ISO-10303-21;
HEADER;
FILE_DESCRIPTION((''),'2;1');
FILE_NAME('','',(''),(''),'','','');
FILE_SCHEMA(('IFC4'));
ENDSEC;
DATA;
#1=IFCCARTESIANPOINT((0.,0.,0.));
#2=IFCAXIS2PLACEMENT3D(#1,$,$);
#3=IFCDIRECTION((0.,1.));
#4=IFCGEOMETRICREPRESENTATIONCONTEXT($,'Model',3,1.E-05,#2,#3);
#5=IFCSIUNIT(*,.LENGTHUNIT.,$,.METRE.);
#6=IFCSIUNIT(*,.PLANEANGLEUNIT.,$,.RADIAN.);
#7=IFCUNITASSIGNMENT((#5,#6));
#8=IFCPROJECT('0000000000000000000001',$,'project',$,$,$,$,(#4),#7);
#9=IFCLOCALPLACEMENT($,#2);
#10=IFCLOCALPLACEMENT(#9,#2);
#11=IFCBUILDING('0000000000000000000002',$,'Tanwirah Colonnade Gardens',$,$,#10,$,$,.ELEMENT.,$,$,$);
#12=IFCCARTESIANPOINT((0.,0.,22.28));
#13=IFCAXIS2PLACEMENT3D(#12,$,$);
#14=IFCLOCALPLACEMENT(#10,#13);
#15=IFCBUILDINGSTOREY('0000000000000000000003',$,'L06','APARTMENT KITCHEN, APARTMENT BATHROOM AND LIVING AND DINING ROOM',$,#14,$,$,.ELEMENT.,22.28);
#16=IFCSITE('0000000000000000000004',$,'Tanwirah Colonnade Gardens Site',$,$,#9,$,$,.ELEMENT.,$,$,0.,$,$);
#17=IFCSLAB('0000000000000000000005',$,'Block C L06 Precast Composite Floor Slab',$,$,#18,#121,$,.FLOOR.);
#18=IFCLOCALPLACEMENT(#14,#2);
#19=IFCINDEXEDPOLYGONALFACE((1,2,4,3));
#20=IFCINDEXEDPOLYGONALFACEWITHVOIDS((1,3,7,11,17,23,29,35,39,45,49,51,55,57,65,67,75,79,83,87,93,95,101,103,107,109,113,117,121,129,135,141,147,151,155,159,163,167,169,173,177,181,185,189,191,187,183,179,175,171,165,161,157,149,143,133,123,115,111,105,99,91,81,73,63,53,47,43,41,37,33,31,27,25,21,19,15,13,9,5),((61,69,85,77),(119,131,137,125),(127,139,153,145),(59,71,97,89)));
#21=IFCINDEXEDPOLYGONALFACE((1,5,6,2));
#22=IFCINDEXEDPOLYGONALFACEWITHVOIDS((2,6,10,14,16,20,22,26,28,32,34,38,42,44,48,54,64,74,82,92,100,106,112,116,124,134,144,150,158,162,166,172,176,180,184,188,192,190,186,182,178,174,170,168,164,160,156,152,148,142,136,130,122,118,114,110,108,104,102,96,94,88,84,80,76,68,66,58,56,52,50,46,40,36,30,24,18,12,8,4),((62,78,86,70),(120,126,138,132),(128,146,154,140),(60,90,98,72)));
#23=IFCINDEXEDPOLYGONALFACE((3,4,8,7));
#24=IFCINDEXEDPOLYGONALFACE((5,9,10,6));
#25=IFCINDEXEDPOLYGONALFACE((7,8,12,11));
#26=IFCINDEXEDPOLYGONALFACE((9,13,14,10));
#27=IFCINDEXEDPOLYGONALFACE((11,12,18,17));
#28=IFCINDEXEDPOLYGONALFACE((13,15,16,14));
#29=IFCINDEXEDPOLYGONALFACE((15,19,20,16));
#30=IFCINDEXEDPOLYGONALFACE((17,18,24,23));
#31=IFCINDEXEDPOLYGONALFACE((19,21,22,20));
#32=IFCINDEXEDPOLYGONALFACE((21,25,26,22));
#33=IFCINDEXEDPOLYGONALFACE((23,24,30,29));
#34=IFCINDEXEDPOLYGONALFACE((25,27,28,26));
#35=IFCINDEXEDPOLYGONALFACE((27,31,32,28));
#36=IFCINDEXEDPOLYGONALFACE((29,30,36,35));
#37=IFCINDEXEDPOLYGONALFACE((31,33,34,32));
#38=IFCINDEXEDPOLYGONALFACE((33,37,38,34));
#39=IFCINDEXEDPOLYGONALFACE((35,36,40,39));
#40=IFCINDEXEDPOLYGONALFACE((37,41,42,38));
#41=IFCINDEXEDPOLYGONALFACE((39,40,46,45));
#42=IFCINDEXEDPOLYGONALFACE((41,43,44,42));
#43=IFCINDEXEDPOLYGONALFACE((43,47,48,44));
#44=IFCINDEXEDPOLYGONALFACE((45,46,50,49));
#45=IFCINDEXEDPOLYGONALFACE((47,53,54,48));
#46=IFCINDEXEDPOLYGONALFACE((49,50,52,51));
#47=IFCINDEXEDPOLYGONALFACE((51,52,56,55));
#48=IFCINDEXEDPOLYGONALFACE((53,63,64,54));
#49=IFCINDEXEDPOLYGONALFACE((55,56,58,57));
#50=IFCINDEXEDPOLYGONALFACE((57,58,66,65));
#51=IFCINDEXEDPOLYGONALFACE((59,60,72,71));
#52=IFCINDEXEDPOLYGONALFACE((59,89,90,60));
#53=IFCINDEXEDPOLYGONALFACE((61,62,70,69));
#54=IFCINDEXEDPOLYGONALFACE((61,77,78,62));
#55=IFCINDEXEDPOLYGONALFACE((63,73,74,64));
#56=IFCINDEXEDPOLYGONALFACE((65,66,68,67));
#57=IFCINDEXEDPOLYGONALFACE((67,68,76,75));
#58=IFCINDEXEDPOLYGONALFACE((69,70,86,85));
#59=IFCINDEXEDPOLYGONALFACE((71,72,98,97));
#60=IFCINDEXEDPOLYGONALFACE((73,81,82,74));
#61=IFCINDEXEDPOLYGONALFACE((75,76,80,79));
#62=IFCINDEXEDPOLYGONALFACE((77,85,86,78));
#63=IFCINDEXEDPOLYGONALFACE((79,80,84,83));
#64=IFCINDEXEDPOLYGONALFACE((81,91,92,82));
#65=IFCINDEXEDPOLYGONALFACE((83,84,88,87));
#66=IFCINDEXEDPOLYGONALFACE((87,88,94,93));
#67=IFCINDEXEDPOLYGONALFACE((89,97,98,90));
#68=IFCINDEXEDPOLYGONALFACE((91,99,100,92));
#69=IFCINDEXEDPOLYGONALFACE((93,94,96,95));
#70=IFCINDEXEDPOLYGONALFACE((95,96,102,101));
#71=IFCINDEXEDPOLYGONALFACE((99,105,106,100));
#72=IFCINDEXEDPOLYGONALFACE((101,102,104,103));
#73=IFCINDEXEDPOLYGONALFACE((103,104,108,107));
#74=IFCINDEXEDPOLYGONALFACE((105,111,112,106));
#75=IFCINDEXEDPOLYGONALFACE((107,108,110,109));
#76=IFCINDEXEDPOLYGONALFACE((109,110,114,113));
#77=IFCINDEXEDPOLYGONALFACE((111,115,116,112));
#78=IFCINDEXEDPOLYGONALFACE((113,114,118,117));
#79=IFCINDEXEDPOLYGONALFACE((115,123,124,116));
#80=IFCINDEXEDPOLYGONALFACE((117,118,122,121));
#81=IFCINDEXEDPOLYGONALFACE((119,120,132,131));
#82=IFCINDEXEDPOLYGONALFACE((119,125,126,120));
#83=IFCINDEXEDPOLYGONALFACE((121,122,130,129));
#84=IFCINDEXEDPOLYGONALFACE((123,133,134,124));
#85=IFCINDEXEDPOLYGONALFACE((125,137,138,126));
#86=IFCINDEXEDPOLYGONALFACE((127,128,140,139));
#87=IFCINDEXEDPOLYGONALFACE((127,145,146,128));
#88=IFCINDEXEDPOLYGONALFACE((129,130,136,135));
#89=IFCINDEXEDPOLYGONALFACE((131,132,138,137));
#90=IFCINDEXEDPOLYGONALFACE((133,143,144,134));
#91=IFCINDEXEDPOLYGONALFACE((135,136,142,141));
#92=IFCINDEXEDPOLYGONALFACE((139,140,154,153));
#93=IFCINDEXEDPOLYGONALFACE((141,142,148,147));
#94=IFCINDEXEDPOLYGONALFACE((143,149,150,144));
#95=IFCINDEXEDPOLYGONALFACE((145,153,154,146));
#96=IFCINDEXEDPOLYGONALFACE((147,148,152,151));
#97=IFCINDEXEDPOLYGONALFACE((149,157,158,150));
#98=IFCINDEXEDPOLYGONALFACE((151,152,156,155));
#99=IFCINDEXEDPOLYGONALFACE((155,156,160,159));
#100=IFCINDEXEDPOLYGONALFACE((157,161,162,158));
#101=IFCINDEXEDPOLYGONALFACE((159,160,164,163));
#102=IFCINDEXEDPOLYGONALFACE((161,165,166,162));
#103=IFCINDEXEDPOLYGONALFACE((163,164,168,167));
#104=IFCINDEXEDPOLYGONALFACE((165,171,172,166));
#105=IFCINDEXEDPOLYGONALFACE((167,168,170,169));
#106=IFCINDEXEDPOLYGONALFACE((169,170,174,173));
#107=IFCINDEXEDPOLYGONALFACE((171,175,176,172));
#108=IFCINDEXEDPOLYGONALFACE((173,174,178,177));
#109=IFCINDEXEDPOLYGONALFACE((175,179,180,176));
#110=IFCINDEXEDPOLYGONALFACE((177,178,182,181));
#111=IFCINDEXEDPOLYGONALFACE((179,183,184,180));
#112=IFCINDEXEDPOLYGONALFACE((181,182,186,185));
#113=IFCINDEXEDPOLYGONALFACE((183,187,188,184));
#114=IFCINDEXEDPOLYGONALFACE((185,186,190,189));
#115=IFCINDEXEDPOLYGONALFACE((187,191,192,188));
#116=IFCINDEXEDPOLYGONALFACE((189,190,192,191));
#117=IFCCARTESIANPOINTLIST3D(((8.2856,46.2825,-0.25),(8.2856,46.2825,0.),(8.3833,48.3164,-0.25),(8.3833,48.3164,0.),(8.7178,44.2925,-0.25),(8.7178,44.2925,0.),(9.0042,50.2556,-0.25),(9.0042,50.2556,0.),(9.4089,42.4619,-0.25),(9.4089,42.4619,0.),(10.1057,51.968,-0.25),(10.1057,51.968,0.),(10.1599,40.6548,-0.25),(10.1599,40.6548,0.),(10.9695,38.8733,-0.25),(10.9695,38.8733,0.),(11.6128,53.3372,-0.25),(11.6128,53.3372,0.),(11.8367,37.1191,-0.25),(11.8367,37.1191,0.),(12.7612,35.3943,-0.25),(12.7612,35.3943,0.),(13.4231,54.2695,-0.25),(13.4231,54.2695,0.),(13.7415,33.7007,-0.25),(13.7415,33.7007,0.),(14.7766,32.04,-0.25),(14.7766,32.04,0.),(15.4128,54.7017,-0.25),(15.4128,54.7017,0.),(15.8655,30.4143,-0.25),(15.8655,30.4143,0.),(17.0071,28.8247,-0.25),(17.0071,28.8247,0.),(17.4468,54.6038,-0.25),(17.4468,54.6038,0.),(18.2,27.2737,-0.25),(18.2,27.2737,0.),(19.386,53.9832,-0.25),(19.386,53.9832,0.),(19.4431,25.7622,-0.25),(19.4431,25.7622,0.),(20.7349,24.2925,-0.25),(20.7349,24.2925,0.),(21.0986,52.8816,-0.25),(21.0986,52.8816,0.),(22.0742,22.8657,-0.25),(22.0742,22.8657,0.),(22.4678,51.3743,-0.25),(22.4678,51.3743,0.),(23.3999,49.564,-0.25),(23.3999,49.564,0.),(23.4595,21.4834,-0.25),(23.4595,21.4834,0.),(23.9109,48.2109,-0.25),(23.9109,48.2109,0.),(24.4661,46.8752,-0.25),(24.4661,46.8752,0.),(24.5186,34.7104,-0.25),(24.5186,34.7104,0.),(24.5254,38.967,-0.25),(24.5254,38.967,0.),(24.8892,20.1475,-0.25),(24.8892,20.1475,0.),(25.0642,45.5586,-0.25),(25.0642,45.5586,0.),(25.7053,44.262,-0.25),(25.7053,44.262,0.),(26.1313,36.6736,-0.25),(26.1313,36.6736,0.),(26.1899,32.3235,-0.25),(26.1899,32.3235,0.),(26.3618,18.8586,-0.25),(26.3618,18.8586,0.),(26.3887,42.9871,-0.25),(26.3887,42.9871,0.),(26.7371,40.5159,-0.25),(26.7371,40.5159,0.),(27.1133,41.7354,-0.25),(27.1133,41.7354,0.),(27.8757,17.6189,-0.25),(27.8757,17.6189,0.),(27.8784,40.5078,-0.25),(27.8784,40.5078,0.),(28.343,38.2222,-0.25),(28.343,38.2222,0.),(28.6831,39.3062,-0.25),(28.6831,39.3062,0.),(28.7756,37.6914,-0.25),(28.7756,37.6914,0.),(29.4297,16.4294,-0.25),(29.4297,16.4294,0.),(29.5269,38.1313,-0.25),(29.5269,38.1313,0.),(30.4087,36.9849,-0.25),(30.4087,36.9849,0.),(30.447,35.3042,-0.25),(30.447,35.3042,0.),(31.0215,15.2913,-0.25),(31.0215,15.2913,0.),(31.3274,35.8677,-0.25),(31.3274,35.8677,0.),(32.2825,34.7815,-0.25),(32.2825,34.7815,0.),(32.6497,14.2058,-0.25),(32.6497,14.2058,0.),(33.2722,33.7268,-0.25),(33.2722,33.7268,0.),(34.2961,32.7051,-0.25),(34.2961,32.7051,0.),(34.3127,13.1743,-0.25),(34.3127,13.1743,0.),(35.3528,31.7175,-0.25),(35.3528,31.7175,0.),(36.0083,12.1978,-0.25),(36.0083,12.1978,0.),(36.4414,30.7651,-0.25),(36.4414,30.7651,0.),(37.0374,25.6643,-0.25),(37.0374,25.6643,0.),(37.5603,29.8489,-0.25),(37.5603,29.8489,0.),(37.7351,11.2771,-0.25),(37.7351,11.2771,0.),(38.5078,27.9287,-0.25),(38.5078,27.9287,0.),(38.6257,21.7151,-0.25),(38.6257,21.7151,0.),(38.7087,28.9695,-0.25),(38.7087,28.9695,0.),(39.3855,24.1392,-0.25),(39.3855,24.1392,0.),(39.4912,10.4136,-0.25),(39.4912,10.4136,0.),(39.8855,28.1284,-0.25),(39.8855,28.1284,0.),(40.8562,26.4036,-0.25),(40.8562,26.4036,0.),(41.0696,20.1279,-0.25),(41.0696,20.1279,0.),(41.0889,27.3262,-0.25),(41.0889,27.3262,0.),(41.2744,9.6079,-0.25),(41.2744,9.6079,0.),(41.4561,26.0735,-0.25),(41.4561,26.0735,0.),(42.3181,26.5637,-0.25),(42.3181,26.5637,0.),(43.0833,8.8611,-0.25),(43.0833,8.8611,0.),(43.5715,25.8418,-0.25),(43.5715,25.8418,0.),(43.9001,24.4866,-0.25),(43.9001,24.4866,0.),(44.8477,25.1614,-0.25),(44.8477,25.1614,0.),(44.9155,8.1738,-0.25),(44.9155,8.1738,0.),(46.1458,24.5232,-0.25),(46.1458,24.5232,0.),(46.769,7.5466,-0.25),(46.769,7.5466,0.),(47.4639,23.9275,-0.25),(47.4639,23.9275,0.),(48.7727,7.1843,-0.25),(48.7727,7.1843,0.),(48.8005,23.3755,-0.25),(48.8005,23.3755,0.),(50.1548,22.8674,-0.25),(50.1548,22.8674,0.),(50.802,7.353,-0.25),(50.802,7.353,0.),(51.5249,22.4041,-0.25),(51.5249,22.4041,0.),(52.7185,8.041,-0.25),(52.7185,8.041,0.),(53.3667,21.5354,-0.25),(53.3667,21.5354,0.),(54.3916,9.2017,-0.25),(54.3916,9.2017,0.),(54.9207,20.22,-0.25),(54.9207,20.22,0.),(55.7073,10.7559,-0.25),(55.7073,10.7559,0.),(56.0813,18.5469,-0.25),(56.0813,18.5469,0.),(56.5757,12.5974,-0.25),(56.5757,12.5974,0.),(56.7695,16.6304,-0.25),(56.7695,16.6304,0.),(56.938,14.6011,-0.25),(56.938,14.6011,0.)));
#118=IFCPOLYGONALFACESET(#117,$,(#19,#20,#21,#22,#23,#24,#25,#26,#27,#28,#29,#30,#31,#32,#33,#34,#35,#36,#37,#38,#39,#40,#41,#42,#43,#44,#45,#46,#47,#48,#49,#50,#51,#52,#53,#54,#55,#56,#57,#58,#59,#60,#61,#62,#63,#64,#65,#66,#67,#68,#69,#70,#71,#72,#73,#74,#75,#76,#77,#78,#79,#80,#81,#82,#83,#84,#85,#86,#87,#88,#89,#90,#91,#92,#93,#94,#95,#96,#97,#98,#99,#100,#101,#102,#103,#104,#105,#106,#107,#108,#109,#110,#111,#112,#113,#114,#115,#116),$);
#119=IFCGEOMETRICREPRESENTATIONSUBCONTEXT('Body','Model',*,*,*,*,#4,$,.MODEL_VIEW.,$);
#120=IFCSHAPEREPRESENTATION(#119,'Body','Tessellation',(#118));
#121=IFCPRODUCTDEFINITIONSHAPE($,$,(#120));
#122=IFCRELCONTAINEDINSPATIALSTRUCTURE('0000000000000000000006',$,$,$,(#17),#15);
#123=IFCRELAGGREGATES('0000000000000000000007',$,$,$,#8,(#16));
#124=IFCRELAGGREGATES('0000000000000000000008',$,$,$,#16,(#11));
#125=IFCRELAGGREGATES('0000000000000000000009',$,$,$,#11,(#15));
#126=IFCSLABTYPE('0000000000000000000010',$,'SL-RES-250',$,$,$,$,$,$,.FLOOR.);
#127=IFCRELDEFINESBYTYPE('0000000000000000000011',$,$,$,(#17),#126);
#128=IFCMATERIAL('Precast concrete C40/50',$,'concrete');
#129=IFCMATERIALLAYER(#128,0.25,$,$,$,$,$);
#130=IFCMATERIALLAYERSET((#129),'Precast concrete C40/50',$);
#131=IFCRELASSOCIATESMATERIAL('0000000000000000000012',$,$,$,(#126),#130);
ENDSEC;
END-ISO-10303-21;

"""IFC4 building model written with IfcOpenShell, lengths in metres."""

from ifc_helpers import new_model, si_unit, direction, frame, origin, place, context, subcontext, project, spatial, polyline, outline, extrude, material, layer, layer_set, type_object, element, save


model = new_model("IFC4")

# Units and contexts
model_context = context("Model", 3, precision=1e-05, world=origin(), true_north=direction((0.0, 1.0)))
body_context = subcontext(model_context, "Body", "Model", "MODEL_VIEW")
ifc_project = project(units=[si_unit("LENGTHUNIT", "METRE"), si_unit("PLANEANGLEUNIT", "RADIAN")], contexts=[model_context])

# Site, building, storey
site_placement = place(None, origin())
site = spatial("IfcSite", under=ifc_project, at=site_placement, Name="Tanwirah Colonnade Gardens Site", CompositionType="ELEMENT", RefElevation=0.0)
building_placement = place(site_placement, origin())
building = spatial("IfcBuilding", under=site, at=building_placement, Name="Tanwirah Colonnade Gardens", CompositionType="ELEMENT")
storey_placement = place(building_placement, frame((0.0, 0.0, 22.28)))
storey = spatial("IfcBuildingStorey", under=building, at=storey_placement, Name="L06", Description="APARTMENT KITCHEN, APARTMENT BATHROOM AND LIVING AND DINING ROOM", CompositionType="ELEMENT", Elevation=22.28)

# Shared definitions
ifc_material_1 = material(Name="Precast concrete C40/50", Category="concrete")

# Slab
ifc_layer_1 = layer(ifc_material_1, 0.25)
ifc_layer_set_1 = layer_set([ifc_layer_1], Name="Precast concrete C40/50")
slab_type_1 = type_object("IfcSlabType", Name="SL-RES-250", PredefinedType="FLOOR", material=ifc_layer_set_1)
slab_1_placement = place(storey_placement, frame((0.0, 0.0, -0.25)))
element("IfcSlab", 1, at=slab_1_placement, inside=storey, type_object=slab_type_1, Name="Block C L06 Precast Composite Floor Slab", PredefinedType="FLOOR", context=body_context, shape_type="SweptSolid", body=[
    extrude(outline(polyline([(24.4661, 46.8752), (23.9109, 48.2109), (23.3999, 49.564), (22.4678, 51.3743), (21.0986, 52.8816), (19.386, 53.9832), (17.4468, 54.6038), (15.4128, 54.7017), (13.4231, 54.2695), (11.6128, 53.3372), (10.1057, 51.968), (9.0042, 50.2556), (8.3833, 48.3164), (8.2856, 46.2825), (8.7178, 44.2925), (9.4089, 42.4619), (10.1599, 40.6548), (10.9695, 38.8733), (11.8367, 37.1191), (12.7612, 35.3943), (13.7415, 33.7007), (14.7766, 32.04), (15.8655, 30.4143), (17.0071, 28.8247), (18.2, 27.2737), (19.4431, 25.7622), (20.7349, 24.2925), (22.0742, 22.8657), (23.4595, 21.4834), (24.8892, 20.1475), (26.3618, 18.8586), (27.8757, 17.6189), (29.4297, 16.4294), (31.0215, 15.2913), (32.6497, 14.2058), (34.3127, 13.1743), (36.0083, 12.1978), (37.7351, 11.2771), (39.4912, 10.4136), (41.2744, 9.6079), (43.0833, 8.8611), (44.9155, 8.1738), (46.769, 7.5466), (48.7727, 7.1843), (50.802, 7.353), (52.7185, 8.041), (54.3916, 9.2017), (55.7073, 10.7559), (56.5757, 12.5974), (56.938, 14.6011), (56.7695, 16.6304), (56.0813, 18.5469), (54.9207, 20.22), (53.3667, 21.5354), (51.5249, 22.4041), (50.1548, 22.8674), (48.8005, 23.3755), (47.4639, 23.9275), (46.1458, 24.5232), (44.8477, 25.1614), (43.5715, 25.8418), (42.3181, 26.5637), (41.0889, 27.3262), (39.8855, 28.1284), (38.7087, 28.9695), (37.5603, 29.8489), (36.4414, 30.7651), (35.3528, 31.7175), (34.2961, 32.7051), (33.2722, 33.7268), (32.2825, 34.7815), (31.3274, 35.8677), (30.4087, 36.9849), (29.5269, 38.1313), (28.6831, 39.3062), (27.8784, 40.5078), (27.1133, 41.7354), (26.3887, 42.9871), (25.7053, 44.262), (25.0642, 45.5586), (24.4661, 46.8752)]), holes=[polyline([(24.5186, 34.7104), (28.7756, 37.6914), (30.447, 35.3042), (26.1899, 32.3235), (24.5186, 34.7104)]), polyline([(26.7371, 40.5159), (28.343, 38.2222), (26.1313, 36.6736), (24.5254, 38.967), (26.7371, 40.5159)]), polyline([(43.9001, 24.4866), (41.0696, 20.1279), (38.6257, 21.7151), (41.4561, 26.0735), (43.9001, 24.4866)]), polyline([(39.3855, 24.1392), (37.0374, 25.6643), (38.5078, 27.9287), (40.8562, 26.4036), (39.3855, 24.1392)])]), origin(), (0.0, 0.0, 1.0), 0.25),
])

save(model, "model.ifc")
